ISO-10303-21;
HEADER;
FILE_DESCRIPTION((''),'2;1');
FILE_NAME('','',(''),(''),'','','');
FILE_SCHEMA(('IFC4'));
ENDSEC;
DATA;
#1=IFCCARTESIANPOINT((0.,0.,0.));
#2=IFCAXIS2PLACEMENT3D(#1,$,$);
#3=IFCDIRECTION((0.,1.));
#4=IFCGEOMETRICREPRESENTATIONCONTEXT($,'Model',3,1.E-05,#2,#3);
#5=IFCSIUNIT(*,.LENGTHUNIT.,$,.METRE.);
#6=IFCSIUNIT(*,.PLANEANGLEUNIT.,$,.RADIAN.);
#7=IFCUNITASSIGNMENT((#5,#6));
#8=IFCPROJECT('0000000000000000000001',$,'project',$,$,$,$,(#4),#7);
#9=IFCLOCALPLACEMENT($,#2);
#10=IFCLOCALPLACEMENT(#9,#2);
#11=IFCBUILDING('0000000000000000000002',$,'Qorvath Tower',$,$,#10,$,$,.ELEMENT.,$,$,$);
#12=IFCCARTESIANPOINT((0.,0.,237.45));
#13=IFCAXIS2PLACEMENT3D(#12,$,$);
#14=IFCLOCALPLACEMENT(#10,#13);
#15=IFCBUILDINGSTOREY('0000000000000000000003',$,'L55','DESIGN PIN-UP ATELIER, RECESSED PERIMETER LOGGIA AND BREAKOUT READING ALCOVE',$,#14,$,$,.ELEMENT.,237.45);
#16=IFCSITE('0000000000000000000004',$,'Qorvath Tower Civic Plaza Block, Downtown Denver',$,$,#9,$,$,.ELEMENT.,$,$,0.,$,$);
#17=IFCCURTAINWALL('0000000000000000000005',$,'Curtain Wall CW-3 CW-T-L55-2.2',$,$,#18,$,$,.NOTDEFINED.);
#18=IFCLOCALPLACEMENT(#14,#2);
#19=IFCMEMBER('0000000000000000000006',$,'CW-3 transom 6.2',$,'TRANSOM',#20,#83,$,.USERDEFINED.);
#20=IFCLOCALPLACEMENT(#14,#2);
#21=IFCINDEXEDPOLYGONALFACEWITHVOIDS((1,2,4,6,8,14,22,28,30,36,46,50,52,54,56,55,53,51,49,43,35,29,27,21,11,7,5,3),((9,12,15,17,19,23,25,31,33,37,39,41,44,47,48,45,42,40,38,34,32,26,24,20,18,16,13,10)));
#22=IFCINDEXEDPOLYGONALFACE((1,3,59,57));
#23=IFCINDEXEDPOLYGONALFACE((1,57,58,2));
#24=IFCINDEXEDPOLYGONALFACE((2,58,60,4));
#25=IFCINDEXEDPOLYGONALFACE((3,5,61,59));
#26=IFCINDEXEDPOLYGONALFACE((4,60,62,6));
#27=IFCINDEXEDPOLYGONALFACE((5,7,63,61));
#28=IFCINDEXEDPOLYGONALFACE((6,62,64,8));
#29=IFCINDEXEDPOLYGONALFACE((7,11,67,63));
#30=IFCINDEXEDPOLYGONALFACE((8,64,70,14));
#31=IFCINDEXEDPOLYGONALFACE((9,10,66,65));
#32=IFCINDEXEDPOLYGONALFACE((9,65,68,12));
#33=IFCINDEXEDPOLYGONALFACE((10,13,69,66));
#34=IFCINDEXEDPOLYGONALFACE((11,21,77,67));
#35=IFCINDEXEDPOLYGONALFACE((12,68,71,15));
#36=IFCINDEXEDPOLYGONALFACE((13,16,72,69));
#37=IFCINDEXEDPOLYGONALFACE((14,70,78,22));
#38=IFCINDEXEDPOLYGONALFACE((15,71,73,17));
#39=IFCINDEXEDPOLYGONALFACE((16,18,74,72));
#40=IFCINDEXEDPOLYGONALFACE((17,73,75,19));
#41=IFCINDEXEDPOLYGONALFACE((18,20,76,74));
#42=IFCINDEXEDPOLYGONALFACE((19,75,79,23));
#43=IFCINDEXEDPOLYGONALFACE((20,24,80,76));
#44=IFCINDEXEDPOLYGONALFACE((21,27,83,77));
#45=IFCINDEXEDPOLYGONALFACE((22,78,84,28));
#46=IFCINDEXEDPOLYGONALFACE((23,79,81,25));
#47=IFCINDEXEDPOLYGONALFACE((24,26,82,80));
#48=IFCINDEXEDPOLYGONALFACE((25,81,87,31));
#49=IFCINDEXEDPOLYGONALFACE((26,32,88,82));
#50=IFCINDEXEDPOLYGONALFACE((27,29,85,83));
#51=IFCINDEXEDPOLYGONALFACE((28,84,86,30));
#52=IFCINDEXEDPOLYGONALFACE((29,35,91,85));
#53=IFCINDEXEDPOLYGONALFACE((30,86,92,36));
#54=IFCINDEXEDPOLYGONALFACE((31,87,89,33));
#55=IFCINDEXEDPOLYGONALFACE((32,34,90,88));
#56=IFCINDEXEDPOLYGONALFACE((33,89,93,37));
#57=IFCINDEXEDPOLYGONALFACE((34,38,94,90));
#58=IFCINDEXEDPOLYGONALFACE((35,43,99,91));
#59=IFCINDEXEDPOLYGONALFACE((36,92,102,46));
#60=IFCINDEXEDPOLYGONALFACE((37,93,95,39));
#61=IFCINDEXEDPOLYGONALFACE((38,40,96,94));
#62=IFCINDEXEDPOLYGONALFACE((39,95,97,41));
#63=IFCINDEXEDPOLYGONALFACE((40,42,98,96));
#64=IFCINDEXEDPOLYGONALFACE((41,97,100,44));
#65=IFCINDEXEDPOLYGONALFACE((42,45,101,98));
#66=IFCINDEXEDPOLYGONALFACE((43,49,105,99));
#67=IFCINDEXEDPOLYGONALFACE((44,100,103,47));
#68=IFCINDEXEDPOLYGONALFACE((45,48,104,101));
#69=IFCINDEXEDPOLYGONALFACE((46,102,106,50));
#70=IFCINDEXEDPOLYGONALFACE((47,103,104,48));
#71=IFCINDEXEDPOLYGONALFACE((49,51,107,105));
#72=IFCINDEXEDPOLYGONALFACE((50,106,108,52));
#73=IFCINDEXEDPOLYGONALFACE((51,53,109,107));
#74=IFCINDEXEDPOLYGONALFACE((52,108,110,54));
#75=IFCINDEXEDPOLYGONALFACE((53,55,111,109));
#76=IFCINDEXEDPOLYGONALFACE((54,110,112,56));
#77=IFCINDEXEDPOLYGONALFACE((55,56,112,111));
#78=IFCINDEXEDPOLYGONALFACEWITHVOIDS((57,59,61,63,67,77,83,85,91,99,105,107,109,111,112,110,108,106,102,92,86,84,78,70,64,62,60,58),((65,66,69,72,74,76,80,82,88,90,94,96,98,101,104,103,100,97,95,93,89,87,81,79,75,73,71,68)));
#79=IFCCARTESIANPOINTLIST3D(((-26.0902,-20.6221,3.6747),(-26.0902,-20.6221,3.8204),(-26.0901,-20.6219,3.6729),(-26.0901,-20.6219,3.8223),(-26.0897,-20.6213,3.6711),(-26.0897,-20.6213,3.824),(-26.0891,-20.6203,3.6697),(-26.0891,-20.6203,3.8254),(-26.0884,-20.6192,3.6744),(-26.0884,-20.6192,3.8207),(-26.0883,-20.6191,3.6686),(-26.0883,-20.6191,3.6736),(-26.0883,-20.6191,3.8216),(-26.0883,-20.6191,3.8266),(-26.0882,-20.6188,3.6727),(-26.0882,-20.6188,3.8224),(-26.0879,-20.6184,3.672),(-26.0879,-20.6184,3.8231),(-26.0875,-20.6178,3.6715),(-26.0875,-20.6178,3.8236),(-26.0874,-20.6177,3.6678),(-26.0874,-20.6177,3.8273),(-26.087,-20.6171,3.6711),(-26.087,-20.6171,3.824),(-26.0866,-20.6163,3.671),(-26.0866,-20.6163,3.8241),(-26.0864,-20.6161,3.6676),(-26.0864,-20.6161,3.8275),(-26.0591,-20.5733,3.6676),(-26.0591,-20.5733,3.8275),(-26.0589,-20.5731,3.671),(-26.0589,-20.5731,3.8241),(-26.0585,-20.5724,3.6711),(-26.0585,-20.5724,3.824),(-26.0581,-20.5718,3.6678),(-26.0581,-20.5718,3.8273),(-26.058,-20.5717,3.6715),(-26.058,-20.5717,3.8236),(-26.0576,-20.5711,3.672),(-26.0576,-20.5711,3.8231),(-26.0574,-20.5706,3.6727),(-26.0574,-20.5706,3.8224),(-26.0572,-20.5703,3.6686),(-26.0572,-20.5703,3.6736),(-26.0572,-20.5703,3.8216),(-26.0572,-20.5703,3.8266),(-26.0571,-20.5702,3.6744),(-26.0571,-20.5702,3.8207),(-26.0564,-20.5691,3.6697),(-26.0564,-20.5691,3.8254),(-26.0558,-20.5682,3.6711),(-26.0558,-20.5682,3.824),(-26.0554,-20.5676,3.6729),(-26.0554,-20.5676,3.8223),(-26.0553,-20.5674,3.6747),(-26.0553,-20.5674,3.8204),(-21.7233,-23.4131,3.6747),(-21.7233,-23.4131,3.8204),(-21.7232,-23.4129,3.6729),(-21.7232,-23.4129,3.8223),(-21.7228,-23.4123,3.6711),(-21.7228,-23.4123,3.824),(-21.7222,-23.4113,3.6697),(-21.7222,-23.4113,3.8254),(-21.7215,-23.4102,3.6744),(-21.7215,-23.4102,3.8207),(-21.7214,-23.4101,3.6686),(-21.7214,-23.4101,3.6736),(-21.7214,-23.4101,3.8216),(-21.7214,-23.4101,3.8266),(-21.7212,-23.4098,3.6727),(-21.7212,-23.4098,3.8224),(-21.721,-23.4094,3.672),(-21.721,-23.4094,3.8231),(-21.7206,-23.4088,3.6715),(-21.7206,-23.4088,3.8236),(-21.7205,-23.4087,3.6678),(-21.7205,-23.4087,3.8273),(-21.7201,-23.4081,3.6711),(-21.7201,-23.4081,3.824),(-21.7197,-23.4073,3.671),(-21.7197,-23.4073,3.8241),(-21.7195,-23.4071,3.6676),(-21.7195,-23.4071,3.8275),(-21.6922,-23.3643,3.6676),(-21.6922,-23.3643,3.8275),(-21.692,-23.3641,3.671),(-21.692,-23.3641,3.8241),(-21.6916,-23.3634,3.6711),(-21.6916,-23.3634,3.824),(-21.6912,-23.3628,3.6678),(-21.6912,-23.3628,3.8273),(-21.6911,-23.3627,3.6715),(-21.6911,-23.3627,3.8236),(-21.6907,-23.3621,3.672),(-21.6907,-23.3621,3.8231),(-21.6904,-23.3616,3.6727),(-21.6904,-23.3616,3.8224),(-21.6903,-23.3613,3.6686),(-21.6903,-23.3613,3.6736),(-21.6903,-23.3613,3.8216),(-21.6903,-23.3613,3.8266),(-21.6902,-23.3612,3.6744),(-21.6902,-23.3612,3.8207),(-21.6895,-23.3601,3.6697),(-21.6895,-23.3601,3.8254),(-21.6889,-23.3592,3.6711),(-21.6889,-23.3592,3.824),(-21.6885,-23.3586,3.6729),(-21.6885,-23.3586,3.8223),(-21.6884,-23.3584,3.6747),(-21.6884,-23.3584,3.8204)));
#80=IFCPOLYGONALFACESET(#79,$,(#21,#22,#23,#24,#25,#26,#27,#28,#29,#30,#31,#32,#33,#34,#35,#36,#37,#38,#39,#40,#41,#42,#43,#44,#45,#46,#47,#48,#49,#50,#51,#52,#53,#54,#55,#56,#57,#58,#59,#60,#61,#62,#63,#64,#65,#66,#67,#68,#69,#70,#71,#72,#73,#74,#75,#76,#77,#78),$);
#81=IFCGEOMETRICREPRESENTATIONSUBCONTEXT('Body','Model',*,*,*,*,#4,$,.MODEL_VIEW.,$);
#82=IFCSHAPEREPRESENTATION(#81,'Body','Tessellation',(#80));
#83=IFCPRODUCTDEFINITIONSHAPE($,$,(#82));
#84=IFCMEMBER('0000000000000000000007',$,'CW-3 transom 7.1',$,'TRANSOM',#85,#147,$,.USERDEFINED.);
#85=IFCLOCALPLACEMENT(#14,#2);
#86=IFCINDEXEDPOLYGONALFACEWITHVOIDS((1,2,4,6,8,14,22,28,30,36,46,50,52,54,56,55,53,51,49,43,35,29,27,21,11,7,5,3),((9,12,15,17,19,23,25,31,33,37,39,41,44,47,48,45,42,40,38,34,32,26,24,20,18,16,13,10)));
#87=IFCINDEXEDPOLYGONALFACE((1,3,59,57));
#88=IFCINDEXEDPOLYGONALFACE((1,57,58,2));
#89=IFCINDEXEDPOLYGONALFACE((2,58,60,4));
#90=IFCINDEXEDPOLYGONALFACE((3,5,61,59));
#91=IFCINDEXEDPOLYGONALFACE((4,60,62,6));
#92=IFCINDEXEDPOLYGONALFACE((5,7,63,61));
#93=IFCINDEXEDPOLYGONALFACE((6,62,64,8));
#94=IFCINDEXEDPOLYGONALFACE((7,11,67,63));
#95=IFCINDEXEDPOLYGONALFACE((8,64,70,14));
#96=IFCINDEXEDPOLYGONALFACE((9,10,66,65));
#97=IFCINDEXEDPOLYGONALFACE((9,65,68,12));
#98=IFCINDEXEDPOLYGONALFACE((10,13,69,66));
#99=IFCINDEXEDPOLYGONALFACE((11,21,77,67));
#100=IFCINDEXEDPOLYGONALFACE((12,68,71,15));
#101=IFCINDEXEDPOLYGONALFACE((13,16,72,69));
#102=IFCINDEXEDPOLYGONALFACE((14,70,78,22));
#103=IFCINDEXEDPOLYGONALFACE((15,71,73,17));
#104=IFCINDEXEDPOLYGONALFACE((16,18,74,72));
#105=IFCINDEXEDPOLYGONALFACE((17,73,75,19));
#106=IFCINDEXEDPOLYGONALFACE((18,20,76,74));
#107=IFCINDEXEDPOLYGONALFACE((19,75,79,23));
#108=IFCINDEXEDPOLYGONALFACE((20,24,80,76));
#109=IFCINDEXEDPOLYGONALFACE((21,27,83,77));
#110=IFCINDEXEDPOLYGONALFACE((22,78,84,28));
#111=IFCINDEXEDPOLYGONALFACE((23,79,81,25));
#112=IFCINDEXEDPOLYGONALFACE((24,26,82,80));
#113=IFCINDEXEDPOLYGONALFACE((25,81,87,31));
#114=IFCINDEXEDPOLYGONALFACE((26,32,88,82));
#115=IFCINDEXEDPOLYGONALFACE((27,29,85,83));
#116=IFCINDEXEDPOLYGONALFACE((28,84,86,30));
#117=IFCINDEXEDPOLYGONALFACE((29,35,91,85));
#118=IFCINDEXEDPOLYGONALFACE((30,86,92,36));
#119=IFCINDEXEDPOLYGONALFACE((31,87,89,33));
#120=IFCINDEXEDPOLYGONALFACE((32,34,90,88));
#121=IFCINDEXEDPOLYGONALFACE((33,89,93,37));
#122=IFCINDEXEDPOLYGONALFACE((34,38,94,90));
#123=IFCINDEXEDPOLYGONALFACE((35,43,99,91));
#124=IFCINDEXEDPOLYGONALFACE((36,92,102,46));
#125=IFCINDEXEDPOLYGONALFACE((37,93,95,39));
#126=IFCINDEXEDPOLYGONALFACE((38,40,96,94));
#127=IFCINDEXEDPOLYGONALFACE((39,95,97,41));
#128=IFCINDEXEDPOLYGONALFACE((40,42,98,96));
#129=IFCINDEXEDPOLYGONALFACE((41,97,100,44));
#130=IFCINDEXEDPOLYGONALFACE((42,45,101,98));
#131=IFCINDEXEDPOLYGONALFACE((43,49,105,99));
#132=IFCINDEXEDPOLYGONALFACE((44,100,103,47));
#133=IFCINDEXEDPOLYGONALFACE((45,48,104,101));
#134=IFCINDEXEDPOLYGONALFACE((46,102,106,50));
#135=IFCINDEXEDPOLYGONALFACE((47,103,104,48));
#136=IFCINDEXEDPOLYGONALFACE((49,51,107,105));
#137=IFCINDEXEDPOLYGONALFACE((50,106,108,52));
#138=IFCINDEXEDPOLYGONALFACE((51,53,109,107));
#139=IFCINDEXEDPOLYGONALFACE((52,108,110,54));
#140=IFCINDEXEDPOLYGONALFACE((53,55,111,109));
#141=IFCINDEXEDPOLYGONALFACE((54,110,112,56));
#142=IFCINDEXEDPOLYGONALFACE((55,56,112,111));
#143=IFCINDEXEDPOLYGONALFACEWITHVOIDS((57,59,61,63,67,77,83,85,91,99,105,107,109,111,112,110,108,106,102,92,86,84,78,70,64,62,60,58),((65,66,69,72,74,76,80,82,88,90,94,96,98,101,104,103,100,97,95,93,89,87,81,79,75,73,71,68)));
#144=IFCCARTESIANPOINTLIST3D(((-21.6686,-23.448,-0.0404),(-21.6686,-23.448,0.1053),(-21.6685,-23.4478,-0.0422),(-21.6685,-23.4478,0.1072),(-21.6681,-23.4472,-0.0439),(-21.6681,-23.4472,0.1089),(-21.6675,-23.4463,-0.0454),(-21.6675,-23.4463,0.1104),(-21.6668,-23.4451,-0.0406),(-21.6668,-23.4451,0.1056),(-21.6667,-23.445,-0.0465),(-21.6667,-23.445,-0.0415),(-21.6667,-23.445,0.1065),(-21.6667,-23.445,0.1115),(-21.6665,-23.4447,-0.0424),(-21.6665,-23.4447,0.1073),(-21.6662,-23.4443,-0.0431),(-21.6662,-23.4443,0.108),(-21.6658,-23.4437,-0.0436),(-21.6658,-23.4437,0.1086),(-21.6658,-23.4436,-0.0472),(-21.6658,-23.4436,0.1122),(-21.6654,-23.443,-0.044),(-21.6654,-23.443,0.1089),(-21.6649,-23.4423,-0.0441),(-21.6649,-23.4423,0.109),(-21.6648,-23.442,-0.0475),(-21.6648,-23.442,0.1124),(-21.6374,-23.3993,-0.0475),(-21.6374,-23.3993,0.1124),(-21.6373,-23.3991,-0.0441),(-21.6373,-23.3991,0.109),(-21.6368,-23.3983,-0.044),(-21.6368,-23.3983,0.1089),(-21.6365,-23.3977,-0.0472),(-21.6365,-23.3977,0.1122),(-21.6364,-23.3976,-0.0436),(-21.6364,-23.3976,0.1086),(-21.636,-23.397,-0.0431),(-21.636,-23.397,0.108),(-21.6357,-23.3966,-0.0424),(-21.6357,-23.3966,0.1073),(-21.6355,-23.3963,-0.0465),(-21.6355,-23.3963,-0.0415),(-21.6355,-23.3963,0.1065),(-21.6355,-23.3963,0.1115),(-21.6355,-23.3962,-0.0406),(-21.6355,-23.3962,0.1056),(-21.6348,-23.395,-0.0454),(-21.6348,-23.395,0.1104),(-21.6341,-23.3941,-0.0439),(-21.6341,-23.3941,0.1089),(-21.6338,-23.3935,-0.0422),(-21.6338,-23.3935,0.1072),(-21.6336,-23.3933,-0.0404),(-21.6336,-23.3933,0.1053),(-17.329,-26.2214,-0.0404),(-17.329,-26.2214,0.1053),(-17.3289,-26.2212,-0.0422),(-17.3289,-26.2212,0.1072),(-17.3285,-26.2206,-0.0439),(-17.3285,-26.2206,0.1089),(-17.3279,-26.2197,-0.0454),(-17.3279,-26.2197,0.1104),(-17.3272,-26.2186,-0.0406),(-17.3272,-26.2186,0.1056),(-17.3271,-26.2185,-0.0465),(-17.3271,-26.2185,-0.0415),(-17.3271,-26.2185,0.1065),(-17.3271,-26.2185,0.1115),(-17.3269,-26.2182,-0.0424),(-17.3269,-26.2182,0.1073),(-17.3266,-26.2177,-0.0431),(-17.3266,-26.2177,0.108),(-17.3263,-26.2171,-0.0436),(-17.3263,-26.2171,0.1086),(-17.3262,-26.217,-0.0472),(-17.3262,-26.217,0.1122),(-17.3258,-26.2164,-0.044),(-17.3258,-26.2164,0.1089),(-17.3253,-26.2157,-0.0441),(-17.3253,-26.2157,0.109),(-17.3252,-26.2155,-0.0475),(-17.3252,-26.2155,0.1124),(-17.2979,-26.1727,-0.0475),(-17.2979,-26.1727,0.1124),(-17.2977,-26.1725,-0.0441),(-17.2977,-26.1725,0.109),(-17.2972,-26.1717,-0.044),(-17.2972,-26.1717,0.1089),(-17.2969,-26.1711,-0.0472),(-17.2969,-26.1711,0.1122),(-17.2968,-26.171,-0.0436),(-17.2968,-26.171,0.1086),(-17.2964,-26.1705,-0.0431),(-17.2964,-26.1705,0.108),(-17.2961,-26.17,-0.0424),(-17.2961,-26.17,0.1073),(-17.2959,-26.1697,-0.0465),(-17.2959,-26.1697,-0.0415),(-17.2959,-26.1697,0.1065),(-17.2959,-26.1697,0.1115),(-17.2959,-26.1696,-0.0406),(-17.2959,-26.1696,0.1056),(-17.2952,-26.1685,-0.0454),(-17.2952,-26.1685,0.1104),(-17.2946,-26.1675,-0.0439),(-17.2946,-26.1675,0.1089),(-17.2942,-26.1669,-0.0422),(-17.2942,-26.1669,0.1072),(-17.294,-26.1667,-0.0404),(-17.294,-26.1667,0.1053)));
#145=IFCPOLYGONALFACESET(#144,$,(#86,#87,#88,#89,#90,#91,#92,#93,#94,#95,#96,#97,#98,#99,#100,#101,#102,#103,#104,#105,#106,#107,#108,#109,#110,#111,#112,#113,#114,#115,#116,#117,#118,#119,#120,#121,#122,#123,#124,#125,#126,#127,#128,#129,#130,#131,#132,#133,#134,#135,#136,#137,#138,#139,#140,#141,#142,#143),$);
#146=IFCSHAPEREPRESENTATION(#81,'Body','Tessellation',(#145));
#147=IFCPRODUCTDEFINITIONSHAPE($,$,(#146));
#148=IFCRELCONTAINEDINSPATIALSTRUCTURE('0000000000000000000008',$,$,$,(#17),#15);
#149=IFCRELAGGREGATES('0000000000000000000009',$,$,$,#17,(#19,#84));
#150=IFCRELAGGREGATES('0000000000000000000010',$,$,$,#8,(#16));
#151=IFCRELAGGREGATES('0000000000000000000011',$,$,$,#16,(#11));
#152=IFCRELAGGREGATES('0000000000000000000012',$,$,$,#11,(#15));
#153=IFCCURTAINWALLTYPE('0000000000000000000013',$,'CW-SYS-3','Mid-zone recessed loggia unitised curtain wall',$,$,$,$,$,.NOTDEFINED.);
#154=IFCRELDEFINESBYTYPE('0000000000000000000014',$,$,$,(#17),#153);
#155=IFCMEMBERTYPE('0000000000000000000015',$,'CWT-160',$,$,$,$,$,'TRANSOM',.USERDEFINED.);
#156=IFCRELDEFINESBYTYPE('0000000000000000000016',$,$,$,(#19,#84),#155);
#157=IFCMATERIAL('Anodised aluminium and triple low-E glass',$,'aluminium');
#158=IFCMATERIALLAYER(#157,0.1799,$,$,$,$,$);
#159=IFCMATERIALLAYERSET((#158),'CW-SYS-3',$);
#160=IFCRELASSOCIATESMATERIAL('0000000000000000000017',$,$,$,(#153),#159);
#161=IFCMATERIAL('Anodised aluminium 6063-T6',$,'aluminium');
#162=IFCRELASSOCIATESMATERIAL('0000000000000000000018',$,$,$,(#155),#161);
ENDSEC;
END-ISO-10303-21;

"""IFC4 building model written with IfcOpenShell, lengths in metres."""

from ifc_helpers import new_model, si_unit, direction, frame, origin, origin_2d, place, context, subcontext, project, spatial, hollow_rectangle, extrude, material, layer, layer_set, material_profile, profile_set, type_object, element, aggregate, save


model = new_model("IFC4")

# Units and contexts
model_context = context("Model", 3, precision=1e-05, world=origin(), true_north=direction((0.0, 1.0)))
body_context = subcontext(model_context, "Body", "Model", "MODEL_VIEW")
ifc_project = project(units=[si_unit("LENGTHUNIT", "METRE"), si_unit("PLANEANGLEUNIT", "RADIAN")], contexts=[model_context])

# Site, building, storey
site_placement = place(None, origin())
site = spatial("IfcSite", under=ifc_project, at=site_placement, Name="Qorvath Tower Civic Plaza Block, Downtown Denver", CompositionType="ELEMENT", RefElevation=0.0)
building_placement = place(site_placement, origin())
building = spatial("IfcBuilding", under=site, at=building_placement, Name="Qorvath Tower", CompositionType="ELEMENT")
storey_placement = place(building_placement, frame((0.0, 0.0, 237.45)))
storey = spatial("IfcBuildingStorey", under=building, at=storey_placement, Name="L55", Description="DESIGN PIN-UP ATELIER, RECESSED PERIMETER LOGGIA AND BREAKOUT READING ALCOVE", CompositionType="ELEMENT", Elevation=237.45)

# Curtain wall, members
ifc_material_1 = material(Name="Anodised aluminium and triple low-E glass", Category="aluminium")
ifc_layer_1 = layer(ifc_material_1, 0.1799)
ifc_layer_set_1 = layer_set([ifc_layer_1], Name="CW-SYS-3")
curtain_wall_type = type_object("IfcCurtainWallType", Name="CW-SYS-3", Description="Mid-zone recessed loggia unitised curtain wall", PredefinedType="NOTDEFINED", material=ifc_layer_set_1)
curtain_wall_placement = place(storey_placement, origin())
curtain_wall = element("IfcCurtainWall", 1, at=curtain_wall_placement, inside=storey, type_object=curtain_wall_type, Name="Curtain Wall CW-3 CW-T-L55-2.2", PredefinedType="NOTDEFINED")
ifc_material_2 = material(Name="Anodised aluminium 6063-T6", Category="aluminium")
ifc_material_profile_1 = material_profile(ifc_material_2, hollow_rectangle(XDim=0.0649, YDim=0.1599, WallThickness=0.0034, InnerFilletRadius=0.0034, OuterFilletRadius=0.0071, at=origin_2d()), Name="CWT 160x65")
ifc_profile_set_1 = profile_set([ifc_material_profile_1], Name="Anodised aluminium 6063-T6")
member_type_1 = type_object("IfcMemberType", Name="CWT-160", ElementType="TRANSOM", PredefinedType="USERDEFINED", material=ifc_profile_set_1)
member_1_placement = place(storey_placement, frame((-26.0728, -20.5947, 3.7476), z_axis=(0.842607, -0.53853, 0.0), x_axis=(0.53853, 0.842607, 0.0)))
member_1 = element("IfcMember", 2, at=member_1_placement, type_object=member_type_1, Name="CW-3 transom 6.2", ObjectType="TRANSOM", PredefinedType="USERDEFINED", context=body_context, shape_type="SweptSolid", body=[
    extrude(hollow_rectangle(XDim=0.0649, YDim=0.1599, WallThickness=0.0034, InnerFilletRadius=0.0034, OuterFilletRadius=0.0071, at=origin_2d()), origin(), (0.0, 0.0, 1.0), 5.1826),
])
member_2_placement = place(storey_placement, frame((-21.6511, -23.4207, 0.0325), z_axis=(0.842616, -0.538516, 0.0), x_axis=(0.538516, 0.842616, 0.0)))
member_2 = element("IfcMember", 3, at=member_2_placement, type_object=member_type_1, Name="CW-3 transom 7.1", ObjectType="TRANSOM", PredefinedType="USERDEFINED", context=body_context, shape_type="SweptSolid", body=[
    extrude(hollow_rectangle(XDim=0.0649, YDim=0.1599, WallThickness=0.0034, InnerFilletRadius=0.0034, OuterFilletRadius=0.0071, at=origin_2d()), origin(), (0.0, 0.0, 1.0), 5.1501),
])
aggregate(curtain_wall, [member_1, member_2])

save(model, "model.ifc")
